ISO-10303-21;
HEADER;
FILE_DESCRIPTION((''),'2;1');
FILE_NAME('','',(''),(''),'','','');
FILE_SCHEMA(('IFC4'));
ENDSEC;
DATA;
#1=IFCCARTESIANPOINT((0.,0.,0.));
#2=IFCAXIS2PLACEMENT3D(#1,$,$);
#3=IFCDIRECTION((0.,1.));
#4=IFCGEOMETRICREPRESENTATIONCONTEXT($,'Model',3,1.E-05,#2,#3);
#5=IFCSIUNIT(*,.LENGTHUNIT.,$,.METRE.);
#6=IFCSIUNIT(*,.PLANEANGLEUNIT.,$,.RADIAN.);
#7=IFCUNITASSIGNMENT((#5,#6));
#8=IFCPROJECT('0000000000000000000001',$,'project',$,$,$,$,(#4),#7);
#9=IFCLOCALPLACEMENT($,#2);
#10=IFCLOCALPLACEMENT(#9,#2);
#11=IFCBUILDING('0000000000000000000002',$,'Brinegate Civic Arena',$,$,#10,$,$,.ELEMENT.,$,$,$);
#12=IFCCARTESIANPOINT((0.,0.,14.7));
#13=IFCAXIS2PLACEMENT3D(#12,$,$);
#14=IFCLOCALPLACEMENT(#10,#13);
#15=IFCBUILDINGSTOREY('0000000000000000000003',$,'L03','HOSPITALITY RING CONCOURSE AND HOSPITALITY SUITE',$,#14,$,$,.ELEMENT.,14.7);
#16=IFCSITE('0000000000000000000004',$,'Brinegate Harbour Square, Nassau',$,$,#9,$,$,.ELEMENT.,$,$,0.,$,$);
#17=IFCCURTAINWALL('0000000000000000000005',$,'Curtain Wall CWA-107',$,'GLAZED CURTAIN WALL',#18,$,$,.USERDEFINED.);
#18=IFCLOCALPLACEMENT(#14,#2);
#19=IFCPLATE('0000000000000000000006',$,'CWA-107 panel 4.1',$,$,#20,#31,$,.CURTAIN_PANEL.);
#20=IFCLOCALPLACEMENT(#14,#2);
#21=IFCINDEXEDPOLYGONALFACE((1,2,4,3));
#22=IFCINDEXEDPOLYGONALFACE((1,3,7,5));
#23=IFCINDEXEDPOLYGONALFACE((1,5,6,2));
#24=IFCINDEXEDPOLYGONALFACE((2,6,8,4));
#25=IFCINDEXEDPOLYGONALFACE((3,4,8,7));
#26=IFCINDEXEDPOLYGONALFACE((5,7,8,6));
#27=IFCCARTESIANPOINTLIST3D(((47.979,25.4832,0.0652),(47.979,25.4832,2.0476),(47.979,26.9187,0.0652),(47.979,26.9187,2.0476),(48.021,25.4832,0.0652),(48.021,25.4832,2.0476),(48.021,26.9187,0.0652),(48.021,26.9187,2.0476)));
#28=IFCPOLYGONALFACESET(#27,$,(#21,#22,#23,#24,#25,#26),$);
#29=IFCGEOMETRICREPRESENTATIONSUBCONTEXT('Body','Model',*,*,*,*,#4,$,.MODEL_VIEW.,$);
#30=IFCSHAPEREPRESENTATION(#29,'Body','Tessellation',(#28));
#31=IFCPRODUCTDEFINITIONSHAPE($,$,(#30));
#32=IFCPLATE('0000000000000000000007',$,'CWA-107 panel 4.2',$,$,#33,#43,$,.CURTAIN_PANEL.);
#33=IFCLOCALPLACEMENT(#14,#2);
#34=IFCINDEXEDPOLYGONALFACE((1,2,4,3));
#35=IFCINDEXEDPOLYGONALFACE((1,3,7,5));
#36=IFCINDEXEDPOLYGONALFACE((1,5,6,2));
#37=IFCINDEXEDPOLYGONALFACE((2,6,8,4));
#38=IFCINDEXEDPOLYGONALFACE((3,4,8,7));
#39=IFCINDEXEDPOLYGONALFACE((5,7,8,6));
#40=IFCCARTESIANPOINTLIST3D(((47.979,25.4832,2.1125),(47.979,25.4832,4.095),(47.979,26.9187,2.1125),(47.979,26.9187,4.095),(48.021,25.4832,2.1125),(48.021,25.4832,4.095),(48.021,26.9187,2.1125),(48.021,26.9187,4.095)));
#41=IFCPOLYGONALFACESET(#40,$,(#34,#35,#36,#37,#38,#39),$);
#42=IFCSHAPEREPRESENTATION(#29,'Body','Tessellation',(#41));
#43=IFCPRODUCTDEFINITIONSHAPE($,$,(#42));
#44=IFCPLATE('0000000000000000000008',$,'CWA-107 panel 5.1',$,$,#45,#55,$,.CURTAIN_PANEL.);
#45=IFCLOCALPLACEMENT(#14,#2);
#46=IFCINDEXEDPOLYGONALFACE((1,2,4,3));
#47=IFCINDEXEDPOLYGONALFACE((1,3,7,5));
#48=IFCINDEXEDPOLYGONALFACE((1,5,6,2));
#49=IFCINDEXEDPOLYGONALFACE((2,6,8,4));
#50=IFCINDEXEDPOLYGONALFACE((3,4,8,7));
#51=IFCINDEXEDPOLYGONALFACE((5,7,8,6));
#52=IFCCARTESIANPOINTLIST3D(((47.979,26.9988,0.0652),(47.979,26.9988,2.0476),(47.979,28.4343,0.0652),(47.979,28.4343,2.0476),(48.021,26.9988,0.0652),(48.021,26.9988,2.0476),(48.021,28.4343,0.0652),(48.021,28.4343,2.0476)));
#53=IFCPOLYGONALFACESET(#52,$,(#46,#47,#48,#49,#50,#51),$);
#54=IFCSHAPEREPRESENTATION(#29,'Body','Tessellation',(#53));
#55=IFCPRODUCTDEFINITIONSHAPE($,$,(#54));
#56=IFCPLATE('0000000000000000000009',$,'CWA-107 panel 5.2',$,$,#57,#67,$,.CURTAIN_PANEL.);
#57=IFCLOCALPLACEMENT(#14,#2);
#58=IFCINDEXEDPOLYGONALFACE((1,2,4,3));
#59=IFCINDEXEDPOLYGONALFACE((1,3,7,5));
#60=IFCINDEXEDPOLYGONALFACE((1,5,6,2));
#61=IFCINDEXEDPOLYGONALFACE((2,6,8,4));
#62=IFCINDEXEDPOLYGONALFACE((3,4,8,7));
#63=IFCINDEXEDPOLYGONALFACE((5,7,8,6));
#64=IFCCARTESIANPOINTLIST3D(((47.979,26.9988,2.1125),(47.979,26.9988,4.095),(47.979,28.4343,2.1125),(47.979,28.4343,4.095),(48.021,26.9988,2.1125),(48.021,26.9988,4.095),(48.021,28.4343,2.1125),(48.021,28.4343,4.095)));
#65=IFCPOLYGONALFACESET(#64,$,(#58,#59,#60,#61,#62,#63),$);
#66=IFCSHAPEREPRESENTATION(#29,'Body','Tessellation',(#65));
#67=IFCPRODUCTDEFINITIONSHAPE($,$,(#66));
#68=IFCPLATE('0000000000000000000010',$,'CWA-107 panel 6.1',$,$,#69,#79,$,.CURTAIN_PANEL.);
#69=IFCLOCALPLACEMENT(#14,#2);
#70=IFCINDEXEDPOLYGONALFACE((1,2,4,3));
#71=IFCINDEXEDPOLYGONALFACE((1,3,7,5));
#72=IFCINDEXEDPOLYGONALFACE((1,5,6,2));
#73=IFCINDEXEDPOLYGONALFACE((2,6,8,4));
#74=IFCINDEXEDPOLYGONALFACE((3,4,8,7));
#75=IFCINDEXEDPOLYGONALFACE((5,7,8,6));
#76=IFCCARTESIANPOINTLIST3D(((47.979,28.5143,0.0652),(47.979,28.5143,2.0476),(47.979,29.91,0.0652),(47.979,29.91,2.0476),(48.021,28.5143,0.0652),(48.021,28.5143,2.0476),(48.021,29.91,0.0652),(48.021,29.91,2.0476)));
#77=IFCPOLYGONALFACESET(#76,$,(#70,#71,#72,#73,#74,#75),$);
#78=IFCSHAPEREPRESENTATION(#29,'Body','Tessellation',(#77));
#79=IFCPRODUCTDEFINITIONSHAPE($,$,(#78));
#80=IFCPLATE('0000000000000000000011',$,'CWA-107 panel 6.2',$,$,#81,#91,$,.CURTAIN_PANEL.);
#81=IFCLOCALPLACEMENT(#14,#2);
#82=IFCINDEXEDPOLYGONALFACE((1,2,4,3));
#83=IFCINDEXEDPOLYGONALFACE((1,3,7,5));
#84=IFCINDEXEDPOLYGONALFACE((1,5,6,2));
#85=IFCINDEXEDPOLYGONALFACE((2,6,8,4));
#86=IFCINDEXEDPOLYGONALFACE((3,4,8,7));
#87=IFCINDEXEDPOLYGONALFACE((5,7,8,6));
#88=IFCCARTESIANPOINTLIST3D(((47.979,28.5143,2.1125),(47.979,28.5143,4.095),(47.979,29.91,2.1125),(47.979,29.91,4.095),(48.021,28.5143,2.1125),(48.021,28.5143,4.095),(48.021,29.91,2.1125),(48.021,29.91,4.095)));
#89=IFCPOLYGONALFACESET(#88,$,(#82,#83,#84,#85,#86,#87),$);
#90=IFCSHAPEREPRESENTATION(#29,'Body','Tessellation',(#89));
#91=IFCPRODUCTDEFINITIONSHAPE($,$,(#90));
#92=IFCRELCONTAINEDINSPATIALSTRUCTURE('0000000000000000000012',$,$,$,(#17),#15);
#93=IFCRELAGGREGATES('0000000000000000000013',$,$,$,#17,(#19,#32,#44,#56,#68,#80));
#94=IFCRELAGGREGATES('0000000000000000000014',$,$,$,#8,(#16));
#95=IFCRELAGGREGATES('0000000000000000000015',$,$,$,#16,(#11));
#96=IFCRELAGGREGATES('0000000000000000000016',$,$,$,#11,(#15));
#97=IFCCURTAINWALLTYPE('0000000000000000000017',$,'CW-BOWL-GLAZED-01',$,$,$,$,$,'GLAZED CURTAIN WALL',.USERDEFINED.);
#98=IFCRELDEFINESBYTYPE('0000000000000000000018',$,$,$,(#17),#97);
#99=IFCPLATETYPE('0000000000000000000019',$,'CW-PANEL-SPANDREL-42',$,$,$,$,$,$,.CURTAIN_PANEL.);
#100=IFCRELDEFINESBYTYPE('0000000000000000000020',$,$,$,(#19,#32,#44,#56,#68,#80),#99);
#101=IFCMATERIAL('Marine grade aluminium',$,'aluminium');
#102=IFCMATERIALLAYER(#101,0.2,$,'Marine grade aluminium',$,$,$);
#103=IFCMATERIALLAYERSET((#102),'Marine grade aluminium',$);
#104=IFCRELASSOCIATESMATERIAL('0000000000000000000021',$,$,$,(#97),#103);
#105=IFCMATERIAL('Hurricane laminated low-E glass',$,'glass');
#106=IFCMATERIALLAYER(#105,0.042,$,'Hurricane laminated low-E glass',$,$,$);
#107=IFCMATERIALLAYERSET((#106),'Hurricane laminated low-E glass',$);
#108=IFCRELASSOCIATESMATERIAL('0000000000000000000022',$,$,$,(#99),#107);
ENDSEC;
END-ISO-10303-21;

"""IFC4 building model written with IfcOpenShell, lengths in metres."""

from ifc_helpers import new_model, si_unit, direction, frame, origin, origin_2d, place, context, subcontext, project, spatial, rectangle, extrude, material, layer, layer_set, type_object, element, aggregate, save


model = new_model("IFC4")

# Units and contexts
model_context = context("Model", 3, precision=1e-05, world=origin(), true_north=direction((0.0, 1.0)))
body_context = subcontext(model_context, "Body", "Model", "MODEL_VIEW")
ifc_project = project(units=[si_unit("LENGTHUNIT", "METRE"), si_unit("PLANEANGLEUNIT", "RADIAN")], contexts=[model_context])

# Site, building, storey
site_placement = place(None, origin())
site = spatial("IfcSite", under=ifc_project, at=site_placement, Name="Brinegate Harbour Square, Nassau", CompositionType="ELEMENT", RefElevation=0.0)
building_placement = place(site_placement, origin())
building = spatial("IfcBuilding", under=site, at=building_placement, Name="Brinegate Civic Arena", CompositionType="ELEMENT")
storey_placement = place(building_placement, frame((0.0, 0.0, 14.7)))
storey = spatial("IfcBuildingStorey", under=building, at=storey_placement, Name="L03", Description="HOSPITALITY RING CONCOURSE AND HOSPITALITY SUITE", CompositionType="ELEMENT", Elevation=14.7)

# Curtain wall
ifc_material_1 = material(Name="Marine grade aluminium", Category="aluminium")
ifc_layer_1 = layer(ifc_material_1, 0.2, Name="Marine grade aluminium")
ifc_layer_set_1 = layer_set([ifc_layer_1], Name="Marine grade aluminium")
curtain_wall_type = type_object("IfcCurtainWallType", Name="CW-BOWL-GLAZED-01", ElementType="GLAZED CURTAIN WALL", PredefinedType="USERDEFINED", material=ifc_layer_set_1)
curtain_wall_1_placement = place(storey_placement, origin())
curtain_wall_1 = element("IfcCurtainWall", 1, at=curtain_wall_1_placement, inside=storey, type_object=curtain_wall_type, Name="Curtain Wall CWA-107", ObjectType="GLAZED CURTAIN WALL", PredefinedType="USERDEFINED")

# Plates
ifc_material_2 = material(Name="Hurricane laminated low-E glass", Category="glass")
ifc_layer_2 = layer(ifc_material_2, 0.042, Name="Hurricane laminated low-E glass")
ifc_layer_set_2 = layer_set([ifc_layer_2], Name="Hurricane laminated low-E glass")
plate_type_1 = type_object("IfcPlateType", Name="CW-PANEL-SPANDREL-42", PredefinedType="CURTAIN_PANEL", material=ifc_layer_set_2)
plate_1_placement = place(storey_placement, frame((48.0, 26.2009, 0.0652), z_axis=(0.0, 0.0, 1.0), x_axis=(0.0, 1.0, 0.0)))
plate_1 = element("IfcPlate", 2, at=plate_1_placement, type_object=plate_type_1, Name="CWA-107 panel 4.1", PredefinedType="CURTAIN_PANEL", context=body_context, shape_type="SweptSolid", body=[
    extrude(rectangle(XDim=1.4355, YDim=0.042, at=origin_2d()), origin(), (0.0, 0.0, 1.0), 1.9824),
])
plate_2_placement = place(storey_placement, frame((48.0, 26.2009, 2.1125), z_axis=(0.0, 0.0, 1.0), x_axis=(0.0, 1.0, 0.0)))
plate_2 = element("IfcPlate", 3, at=plate_2_placement, type_object=plate_type_1, Name="CWA-107 panel 4.2", PredefinedType="CURTAIN_PANEL", context=body_context, shape_type="SweptSolid", body=[
    extrude(rectangle(XDim=1.4355, YDim=0.042, at=origin_2d()), origin(), (0.0, 0.0, 1.0), 1.9824),
])
plate_3_placement = place(storey_placement, frame((48.0, 27.7166, 0.0652), z_axis=(0.0, 0.0, 1.0), x_axis=(0.0, 1.0, 0.0)))
plate_3 = element("IfcPlate", 4, at=plate_3_placement, type_object=plate_type_1, Name="CWA-107 panel 5.1", PredefinedType="CURTAIN_PANEL", context=body_context, shape_type="SweptSolid", body=[
    extrude(rectangle(XDim=1.4355, YDim=0.042, at=origin_2d()), origin(), (0.0, 0.0, 1.0), 1.9824),
])
plate_4_placement = place(storey_placement, frame((48.0, 27.7166, 2.1125), z_axis=(0.0, 0.0, 1.0), x_axis=(0.0, 1.0, 0.0)))
plate_4 = element("IfcPlate", 5, at=plate_4_placement, type_object=plate_type_1, Name="CWA-107 panel 5.2", PredefinedType="CURTAIN_PANEL", context=body_context, shape_type="SweptSolid", body=[
    extrude(rectangle(XDim=1.4355, YDim=0.042, at=origin_2d()), origin(), (0.0, 0.0, 1.0), 1.9824),
])
plate_5_placement = place(storey_placement, frame((48.0, 29.2122, 0.0652), z_axis=(0.0, 0.0, 1.0), x_axis=(0.0, 1.0, 0.0)))
plate_5 = element("IfcPlate", 6, at=plate_5_placement, type_object=plate_type_1, Name="CWA-107 panel 6.1", PredefinedType="CURTAIN_PANEL", context=body_context, shape_type="SweptSolid", body=[
    extrude(rectangle(XDim=1.3958, YDim=0.042, at=origin_2d()), origin(), (0.0, 0.0, 1.0), 1.9824),
])
plate_6_placement = place(storey_placement, frame((48.0, 29.2122, 2.1125), z_axis=(0.0, 0.0, 1.0), x_axis=(0.0, 1.0, 0.0)))
plate_6 = element("IfcPlate", 7, at=plate_6_placement, type_object=plate_type_1, Name="CWA-107 panel 6.2", PredefinedType="CURTAIN_PANEL", context=body_context, shape_type="SweptSolid", body=[
    extrude(rectangle(XDim=1.3958, YDim=0.042, at=origin_2d()), origin(), (0.0, 0.0, 1.0), 1.9824),
])
aggregate(curtain_wall_1, [plate_1, plate_2, plate_3, plate_4, plate_5, plate_6])

save(model, "model.ifc")
